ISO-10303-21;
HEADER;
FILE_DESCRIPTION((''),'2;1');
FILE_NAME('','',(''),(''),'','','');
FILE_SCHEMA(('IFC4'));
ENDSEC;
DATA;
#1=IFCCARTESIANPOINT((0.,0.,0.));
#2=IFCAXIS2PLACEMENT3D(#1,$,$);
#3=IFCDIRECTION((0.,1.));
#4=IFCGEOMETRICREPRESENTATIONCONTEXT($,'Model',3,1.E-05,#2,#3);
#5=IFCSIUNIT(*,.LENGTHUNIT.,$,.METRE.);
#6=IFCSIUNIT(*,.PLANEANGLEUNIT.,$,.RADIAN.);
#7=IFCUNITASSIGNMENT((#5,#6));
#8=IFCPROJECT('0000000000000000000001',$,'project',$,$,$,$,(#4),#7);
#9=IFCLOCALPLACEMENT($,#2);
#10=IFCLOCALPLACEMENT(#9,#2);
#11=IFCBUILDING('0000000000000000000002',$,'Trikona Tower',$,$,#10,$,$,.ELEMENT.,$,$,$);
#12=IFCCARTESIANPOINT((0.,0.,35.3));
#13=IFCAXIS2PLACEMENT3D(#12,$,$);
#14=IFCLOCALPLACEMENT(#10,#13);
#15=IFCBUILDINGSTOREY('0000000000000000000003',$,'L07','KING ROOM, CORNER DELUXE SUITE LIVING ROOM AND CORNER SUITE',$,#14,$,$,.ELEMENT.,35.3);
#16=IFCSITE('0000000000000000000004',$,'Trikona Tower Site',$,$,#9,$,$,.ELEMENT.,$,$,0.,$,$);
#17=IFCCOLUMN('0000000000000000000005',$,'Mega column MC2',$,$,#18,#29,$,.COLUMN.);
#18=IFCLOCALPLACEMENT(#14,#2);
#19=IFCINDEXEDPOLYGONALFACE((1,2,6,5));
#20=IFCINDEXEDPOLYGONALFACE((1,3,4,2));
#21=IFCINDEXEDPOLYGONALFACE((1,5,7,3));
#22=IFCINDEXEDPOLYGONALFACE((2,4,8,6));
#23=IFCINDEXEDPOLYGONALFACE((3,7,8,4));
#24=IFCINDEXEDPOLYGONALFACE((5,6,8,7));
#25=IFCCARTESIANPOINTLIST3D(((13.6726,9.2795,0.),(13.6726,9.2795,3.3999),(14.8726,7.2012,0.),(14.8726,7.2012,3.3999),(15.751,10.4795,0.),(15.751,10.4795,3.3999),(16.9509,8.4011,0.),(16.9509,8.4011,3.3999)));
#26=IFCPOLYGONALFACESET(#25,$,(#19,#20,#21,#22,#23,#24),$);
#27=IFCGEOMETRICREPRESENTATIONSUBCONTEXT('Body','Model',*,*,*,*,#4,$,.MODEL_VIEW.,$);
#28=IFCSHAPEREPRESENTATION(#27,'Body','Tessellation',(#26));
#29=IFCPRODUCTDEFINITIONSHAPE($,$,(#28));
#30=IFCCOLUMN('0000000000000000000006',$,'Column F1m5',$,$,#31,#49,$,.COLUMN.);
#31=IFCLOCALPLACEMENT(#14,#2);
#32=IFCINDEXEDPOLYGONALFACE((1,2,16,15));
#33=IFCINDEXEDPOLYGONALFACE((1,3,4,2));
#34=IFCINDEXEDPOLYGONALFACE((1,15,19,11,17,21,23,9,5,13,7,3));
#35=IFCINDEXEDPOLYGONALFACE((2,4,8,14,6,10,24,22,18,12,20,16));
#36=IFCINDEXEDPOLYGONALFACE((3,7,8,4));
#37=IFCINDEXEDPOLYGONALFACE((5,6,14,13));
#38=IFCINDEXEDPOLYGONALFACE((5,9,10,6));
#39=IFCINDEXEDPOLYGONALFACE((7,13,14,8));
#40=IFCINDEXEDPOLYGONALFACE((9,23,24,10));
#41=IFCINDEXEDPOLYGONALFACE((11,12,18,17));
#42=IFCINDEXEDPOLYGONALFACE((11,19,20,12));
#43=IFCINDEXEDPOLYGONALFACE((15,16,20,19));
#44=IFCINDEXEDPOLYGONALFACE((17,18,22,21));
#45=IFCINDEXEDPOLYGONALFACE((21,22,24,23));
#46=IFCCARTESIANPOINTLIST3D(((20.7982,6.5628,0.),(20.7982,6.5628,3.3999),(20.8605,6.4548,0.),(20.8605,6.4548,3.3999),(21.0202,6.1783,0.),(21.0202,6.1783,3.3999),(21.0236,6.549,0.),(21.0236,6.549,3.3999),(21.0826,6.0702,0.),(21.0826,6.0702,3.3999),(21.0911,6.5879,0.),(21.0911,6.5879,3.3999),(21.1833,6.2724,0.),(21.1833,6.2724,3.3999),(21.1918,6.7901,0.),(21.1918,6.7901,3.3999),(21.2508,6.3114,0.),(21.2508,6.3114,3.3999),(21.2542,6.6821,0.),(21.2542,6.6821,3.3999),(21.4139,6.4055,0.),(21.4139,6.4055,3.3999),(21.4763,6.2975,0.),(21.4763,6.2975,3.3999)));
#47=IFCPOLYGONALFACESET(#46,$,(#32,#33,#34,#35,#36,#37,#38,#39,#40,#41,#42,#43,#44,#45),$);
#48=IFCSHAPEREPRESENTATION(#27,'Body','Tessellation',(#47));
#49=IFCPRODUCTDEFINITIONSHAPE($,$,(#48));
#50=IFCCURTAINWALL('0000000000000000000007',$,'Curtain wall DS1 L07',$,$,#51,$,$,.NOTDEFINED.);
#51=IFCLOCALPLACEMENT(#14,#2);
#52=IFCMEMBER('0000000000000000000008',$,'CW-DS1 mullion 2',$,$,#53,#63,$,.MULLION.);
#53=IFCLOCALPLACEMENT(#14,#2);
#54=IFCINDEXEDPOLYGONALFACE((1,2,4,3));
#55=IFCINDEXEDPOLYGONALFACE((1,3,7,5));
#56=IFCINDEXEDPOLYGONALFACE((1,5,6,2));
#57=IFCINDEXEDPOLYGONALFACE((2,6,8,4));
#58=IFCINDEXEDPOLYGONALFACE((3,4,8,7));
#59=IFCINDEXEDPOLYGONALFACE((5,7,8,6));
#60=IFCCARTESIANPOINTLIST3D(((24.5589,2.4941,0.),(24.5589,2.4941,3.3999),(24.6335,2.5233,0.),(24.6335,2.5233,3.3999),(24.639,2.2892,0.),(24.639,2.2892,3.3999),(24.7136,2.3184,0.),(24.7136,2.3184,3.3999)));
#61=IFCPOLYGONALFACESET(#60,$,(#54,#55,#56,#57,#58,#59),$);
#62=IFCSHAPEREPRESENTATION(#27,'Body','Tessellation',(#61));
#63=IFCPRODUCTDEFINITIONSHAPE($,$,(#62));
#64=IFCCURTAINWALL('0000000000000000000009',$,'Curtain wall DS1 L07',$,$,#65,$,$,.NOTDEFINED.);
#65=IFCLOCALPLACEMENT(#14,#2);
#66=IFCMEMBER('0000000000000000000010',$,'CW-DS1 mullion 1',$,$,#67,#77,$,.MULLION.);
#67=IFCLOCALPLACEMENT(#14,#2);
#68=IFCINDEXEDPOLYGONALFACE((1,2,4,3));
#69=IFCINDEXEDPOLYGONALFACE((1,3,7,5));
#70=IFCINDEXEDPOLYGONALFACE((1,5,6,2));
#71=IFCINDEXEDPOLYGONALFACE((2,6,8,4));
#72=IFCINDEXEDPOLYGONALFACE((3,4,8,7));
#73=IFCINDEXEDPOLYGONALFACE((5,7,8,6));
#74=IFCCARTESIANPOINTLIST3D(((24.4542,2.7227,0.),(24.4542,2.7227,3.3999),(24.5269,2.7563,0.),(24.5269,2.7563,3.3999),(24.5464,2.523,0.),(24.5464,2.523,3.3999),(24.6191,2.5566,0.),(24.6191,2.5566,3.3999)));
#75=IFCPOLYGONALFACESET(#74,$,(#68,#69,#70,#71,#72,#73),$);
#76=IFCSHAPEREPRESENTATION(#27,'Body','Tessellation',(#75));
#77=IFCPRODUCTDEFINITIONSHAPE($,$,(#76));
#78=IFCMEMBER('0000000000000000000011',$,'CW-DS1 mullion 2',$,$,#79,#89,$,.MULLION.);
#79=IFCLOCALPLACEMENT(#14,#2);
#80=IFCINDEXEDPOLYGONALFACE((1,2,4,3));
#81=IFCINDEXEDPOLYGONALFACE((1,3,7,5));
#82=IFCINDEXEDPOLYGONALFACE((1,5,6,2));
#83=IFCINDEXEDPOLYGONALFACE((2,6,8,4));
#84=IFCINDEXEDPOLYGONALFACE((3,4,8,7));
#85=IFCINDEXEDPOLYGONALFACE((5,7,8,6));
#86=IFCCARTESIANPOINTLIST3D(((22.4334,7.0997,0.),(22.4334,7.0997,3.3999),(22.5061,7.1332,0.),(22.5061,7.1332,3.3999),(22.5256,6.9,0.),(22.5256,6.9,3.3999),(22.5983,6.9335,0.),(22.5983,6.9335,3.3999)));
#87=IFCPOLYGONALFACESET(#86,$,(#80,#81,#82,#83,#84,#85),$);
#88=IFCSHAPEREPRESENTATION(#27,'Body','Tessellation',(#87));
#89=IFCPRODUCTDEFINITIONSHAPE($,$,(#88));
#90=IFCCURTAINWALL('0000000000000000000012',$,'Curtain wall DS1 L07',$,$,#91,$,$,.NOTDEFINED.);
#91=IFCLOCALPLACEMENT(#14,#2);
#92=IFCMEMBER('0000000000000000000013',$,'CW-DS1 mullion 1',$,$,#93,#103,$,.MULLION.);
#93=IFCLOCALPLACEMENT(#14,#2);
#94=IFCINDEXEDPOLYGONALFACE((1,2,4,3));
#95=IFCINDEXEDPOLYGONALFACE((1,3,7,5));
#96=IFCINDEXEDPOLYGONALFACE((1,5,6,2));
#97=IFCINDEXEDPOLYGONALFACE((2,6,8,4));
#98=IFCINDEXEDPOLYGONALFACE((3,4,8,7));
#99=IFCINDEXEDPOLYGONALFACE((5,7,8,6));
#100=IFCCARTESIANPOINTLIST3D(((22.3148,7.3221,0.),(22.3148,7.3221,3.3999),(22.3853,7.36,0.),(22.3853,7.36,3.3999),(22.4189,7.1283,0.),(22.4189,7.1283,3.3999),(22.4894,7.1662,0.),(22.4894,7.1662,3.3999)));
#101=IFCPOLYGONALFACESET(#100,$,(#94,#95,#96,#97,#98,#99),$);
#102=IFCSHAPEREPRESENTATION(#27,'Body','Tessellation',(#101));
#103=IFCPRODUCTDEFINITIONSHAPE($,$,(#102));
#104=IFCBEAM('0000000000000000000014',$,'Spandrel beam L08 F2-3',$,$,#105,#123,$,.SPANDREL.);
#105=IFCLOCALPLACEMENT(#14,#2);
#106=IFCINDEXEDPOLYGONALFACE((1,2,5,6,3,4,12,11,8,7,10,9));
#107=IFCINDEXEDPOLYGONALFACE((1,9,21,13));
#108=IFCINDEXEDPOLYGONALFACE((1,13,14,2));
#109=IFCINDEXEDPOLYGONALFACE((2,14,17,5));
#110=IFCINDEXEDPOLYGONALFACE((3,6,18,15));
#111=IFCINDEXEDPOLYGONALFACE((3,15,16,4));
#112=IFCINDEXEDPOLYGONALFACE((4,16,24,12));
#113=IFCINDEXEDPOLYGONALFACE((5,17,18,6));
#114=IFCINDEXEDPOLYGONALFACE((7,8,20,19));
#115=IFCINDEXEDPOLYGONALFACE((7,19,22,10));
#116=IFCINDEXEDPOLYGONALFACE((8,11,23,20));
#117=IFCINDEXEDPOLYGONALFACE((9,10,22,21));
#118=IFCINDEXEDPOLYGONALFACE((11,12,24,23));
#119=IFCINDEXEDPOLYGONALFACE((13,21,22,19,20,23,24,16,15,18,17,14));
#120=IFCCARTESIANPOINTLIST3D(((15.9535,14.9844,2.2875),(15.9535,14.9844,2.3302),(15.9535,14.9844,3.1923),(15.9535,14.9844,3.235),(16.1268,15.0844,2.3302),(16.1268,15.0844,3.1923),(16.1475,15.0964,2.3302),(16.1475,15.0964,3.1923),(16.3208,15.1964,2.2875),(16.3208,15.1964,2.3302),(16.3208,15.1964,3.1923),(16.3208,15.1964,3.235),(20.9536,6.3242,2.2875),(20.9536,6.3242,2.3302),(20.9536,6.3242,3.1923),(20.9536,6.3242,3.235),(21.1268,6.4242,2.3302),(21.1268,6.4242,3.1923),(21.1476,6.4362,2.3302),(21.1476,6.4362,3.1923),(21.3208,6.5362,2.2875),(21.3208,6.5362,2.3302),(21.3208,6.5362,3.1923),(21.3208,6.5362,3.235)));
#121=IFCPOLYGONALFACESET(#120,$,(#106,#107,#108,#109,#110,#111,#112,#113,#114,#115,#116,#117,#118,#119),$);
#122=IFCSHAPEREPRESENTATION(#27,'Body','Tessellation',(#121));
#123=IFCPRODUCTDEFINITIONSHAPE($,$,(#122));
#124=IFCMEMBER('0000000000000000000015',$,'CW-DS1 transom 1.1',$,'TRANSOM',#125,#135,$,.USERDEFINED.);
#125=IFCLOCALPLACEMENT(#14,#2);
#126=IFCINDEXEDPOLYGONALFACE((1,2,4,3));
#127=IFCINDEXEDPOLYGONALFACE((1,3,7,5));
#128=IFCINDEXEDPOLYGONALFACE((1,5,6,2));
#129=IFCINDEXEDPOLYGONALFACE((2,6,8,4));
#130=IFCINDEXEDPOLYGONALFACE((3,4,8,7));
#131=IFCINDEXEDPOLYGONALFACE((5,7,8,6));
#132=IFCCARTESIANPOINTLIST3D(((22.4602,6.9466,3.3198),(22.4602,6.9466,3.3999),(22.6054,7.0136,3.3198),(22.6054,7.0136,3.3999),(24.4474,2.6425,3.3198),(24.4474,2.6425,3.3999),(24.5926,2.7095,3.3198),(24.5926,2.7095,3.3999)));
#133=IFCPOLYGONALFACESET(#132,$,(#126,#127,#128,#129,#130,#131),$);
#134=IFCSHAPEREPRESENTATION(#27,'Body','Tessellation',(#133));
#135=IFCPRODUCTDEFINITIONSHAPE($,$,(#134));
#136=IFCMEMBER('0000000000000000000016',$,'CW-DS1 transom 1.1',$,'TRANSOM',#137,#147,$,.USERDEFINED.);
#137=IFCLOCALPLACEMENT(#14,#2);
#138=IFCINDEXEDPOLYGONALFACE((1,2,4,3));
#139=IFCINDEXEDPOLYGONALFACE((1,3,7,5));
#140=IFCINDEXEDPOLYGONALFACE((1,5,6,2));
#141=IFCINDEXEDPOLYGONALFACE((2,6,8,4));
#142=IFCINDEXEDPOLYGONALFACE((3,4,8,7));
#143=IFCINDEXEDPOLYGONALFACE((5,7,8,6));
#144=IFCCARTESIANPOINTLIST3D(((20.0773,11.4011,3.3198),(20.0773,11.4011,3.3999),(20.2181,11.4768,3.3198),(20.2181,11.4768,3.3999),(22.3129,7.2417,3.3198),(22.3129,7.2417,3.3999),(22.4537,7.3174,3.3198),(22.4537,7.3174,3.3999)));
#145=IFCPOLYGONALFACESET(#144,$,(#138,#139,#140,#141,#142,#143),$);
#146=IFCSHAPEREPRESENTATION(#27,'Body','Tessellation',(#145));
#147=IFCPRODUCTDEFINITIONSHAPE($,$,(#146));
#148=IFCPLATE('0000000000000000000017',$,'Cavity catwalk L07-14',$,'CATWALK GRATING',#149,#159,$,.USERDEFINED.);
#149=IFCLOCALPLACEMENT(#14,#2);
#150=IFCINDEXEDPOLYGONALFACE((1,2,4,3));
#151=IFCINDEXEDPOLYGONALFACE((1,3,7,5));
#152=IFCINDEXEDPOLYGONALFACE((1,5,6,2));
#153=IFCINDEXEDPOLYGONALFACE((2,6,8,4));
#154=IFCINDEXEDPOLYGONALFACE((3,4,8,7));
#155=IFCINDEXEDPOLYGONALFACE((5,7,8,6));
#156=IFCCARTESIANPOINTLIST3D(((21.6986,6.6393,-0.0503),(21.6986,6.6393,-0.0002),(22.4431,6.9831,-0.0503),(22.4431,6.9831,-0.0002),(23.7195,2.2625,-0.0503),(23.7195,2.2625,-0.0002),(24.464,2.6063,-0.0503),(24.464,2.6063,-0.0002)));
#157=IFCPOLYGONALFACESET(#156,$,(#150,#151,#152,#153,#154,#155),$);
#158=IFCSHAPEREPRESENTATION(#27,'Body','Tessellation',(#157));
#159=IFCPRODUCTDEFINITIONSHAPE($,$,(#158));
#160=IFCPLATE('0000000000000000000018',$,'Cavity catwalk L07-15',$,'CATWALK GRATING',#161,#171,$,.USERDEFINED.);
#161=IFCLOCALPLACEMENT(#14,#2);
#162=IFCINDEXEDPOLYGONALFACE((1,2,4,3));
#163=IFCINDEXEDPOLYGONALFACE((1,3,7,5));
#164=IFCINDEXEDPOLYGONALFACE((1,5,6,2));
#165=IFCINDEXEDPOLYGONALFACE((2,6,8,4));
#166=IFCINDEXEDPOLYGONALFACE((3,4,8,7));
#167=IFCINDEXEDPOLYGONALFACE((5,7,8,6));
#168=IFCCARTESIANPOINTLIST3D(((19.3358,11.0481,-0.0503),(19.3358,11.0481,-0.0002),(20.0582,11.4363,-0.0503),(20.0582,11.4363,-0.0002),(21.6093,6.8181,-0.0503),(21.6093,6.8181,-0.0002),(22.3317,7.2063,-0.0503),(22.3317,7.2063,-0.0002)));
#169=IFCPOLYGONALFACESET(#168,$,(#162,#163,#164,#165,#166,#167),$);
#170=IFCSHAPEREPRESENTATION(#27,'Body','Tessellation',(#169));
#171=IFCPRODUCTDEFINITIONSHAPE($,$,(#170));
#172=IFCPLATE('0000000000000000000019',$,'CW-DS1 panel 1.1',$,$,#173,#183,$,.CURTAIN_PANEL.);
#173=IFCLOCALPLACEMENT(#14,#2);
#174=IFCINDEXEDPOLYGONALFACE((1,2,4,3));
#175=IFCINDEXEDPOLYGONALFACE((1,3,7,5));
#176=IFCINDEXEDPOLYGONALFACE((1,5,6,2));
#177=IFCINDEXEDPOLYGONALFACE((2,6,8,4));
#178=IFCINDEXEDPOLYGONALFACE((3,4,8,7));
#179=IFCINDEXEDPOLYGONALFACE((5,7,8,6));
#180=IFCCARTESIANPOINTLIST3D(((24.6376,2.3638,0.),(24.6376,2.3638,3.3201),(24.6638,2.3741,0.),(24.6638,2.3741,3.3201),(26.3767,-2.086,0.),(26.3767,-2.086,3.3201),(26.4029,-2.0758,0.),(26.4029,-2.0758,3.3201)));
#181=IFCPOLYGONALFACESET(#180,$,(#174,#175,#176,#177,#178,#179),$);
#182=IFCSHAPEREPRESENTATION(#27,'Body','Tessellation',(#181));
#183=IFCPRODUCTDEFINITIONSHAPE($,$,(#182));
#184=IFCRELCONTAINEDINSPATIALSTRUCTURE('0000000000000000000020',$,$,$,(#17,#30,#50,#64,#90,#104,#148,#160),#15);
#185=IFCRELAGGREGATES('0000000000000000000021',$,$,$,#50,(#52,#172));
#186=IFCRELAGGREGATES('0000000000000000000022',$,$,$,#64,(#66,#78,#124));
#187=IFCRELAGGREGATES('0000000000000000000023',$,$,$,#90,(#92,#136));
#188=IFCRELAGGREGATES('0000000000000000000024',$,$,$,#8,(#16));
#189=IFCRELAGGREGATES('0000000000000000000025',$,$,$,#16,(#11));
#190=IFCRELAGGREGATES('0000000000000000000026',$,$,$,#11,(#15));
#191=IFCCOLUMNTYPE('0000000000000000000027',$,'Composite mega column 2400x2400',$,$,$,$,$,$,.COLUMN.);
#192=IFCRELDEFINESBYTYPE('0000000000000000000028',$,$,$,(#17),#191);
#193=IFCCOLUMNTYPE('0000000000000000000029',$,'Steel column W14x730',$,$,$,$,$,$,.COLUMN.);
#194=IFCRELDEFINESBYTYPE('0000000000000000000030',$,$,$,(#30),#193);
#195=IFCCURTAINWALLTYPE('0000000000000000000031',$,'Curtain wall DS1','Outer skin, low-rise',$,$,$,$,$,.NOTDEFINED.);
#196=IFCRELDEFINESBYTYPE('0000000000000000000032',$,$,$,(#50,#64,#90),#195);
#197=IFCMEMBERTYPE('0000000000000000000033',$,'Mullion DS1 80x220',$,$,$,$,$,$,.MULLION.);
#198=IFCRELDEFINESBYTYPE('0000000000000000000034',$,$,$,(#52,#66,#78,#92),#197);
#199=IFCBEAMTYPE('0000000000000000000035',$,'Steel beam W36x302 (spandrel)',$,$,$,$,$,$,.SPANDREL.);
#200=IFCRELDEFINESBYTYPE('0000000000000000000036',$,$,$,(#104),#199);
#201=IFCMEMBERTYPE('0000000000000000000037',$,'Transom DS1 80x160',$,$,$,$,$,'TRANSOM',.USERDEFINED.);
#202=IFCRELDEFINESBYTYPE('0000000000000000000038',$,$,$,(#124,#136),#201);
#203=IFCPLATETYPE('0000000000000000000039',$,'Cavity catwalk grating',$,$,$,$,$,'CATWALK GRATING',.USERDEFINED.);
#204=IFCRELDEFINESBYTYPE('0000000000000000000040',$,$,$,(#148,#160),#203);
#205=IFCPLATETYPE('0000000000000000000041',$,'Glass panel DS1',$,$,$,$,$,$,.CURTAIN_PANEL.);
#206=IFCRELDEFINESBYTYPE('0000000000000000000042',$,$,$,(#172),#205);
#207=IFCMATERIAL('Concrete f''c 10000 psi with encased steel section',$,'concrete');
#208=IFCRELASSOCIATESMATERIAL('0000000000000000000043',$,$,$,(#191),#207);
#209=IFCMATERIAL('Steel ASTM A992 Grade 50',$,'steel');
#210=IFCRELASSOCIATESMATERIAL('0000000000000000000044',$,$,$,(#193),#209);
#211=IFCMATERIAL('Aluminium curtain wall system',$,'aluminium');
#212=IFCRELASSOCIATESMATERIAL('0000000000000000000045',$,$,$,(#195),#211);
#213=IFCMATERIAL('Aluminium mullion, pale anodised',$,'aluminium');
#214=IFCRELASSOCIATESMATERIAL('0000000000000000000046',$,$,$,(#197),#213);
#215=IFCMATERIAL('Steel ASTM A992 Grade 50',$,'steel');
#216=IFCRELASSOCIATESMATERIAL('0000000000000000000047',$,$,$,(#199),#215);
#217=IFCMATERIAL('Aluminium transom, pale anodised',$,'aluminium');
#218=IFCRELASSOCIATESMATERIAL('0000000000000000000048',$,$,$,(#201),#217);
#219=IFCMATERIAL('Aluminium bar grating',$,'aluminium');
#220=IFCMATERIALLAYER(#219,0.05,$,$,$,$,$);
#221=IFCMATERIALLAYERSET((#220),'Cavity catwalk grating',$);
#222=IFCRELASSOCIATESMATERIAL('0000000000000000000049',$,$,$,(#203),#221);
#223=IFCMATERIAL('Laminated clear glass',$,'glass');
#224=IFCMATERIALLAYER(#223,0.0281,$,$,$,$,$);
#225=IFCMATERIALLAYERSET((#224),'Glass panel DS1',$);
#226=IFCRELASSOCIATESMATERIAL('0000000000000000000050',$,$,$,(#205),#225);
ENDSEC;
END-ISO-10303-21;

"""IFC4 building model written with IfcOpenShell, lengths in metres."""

from ifc_helpers import new_model, si_unit, direction, frame, origin, origin_2d, place, context, subcontext, project, spatial, rectangle, i_section, extrude, material, layer, layer_set, material_profile, profile_set, type_object, element, aggregate, save


model = new_model("IFC4")

# Units and contexts
model_context = context("Model", 3, precision=1e-05, world=origin(), true_north=direction((0.0, 1.0)))
body_context = subcontext(model_context, "Body", "Model", "MODEL_VIEW")
ifc_project = project(units=[si_unit("LENGTHUNIT", "METRE"), si_unit("PLANEANGLEUNIT", "RADIAN")], contexts=[model_context])

# Site, building, storey
site_placement = place(None, origin())
site = spatial("IfcSite", under=ifc_project, at=site_placement, Name="Trikona Tower Site", CompositionType="ELEMENT", RefElevation=0.0)
building_placement = place(site_placement, origin())
building = spatial("IfcBuilding", under=site, at=building_placement, Name="Trikona Tower", CompositionType="ELEMENT")
storey_placement = place(building_placement, frame((0.0, 0.0, 35.3)))
storey = spatial("IfcBuildingStorey", under=building, at=storey_placement, Name="L07", Description="KING ROOM, CORNER DELUXE SUITE LIVING ROOM AND CORNER SUITE", CompositionType="ELEMENT", Elevation=35.3)

# Columns
ifc_material_1 = material(Name="Concrete f'c 10000 psi with encased steel section", Category="concrete")
ifc_material_profile_1 = material_profile(ifc_material_1, rectangle(XDim=2.3999, YDim=2.3999, at=origin_2d()), Name="MC2400")
ifc_profile_set_1 = profile_set([ifc_material_profile_1], Name="Concrete f'c 10000 psi with encased steel section")
column_type_1 = type_object("IfcColumnType", Name="Composite mega column 2400x2400", PredefinedType="COLUMN", material=ifc_profile_set_1)
column_1_placement = place(storey_placement, frame((15.3118, 8.8403, 0.0), z_axis=(0.0, 0.0, 1.0), x_axis=(0.866025, 0.5, 0.0)))
element("IfcColumn", 1, at=column_1_placement, inside=storey, type_object=column_type_1, Name="Mega column MC2", PredefinedType="COLUMN", context=body_context, shape_type="SweptSolid", body=[
    extrude(rectangle(XDim=2.3999, YDim=2.3999, at=origin_2d()), origin(), (0.0, 0.0, 1.0), 3.3999),
])
ifc_material_2 = material(Name="Steel ASTM A992 Grade 50", Category="steel")
ifc_material_profile_2 = material_profile(ifc_material_2, i_section(OverallWidth=0.4546, OverallDepth=0.5688, WebThickness=0.0779, FlangeThickness=0.1248, at=origin_2d()), Name="W14X730")
ifc_profile_set_2 = profile_set([ifc_material_profile_2], Name="Steel ASTM A992 Grade 50")
column_type_2 = type_object("IfcColumnType", Name="Steel column W14x730", PredefinedType="COLUMN", material=ifc_profile_set_2)
column_2_placement = place(storey_placement, frame((21.1372, 6.4302, 0.0), z_axis=(0.0, 0.0, 1.0), x_axis=(0.866025, 0.5, 0.0)))
element("IfcColumn", 2, at=column_2_placement, inside=storey, type_object=column_type_2, Name="Column F1m5", PredefinedType="COLUMN", context=body_context, shape_type="SweptSolid", body=[
    extrude(i_section(OverallWidth=0.4546, OverallDepth=0.5688, WebThickness=0.0779, FlangeThickness=0.1248, at=origin_2d()), origin(), (0.0, 0.0, 1.0), 3.3999),
])

# Curtain wall, member
ifc_material_3 = material(Name="Aluminium curtain wall system", Category="aluminium")
curtain_wall_type = type_object("IfcCurtainWallType", Name="Curtain wall DS1", Description="Outer skin, low-rise", PredefinedType="NOTDEFINED", material=ifc_material_3)
curtain_wall_1_placement = place(storey_placement, origin())
curtain_wall_1 = element("IfcCurtainWall", 3, at=curtain_wall_1_placement, inside=storey, type_object=curtain_wall_type, Name="Curtain wall DS1 L07", PredefinedType="NOTDEFINED")
ifc_material_4 = material(Name="Aluminium mullion, pale anodised", Category="aluminium")
ifc_material_profile_3 = material_profile(ifc_material_4, rectangle(XDim=0.0801, YDim=0.22, at=origin_2d()), Name="MUL-DS1")
ifc_profile_set_3 = profile_set([ifc_material_profile_3], Name="Aluminium mullion, pale anodised")
member_type_1 = type_object("IfcMemberType", Name="Mullion DS1 80x220", PredefinedType="MULLION", material=ifc_profile_set_3)
member_1_placement = place(storey_placement, frame((24.6362, 2.4062, 0.0), z_axis=(0.0, 0.0, 1.0), x_axis=(-0.931396, -0.364008, 0.0)))
member_1 = element("IfcMember", 4, at=member_1_placement, type_object=member_type_1, Name="CW-DS1 mullion 2", PredefinedType="MULLION", context=body_context, shape_type="SweptSolid", body=[
    extrude(rectangle(XDim=0.0801, YDim=0.22, at=origin_2d()), origin(), (0.0, 0.0, 1.0), 3.3999),
])

# Curtain wall, members
curtain_wall_2_placement = place(storey_placement, origin())
curtain_wall_2 = element("IfcCurtainWall", 5, at=curtain_wall_2_placement, inside=storey, type_object=curtain_wall_type, Name="Curtain wall DS1 L07", PredefinedType="NOTDEFINED")
member_2_placement = place(storey_placement, frame((24.5366, 2.6396, 0.0), z_axis=(0.0, 0.0, 1.0), x_axis=(-0.907898, -0.41919, 0.0)))
member_2 = element("IfcMember", 6, at=member_2_placement, type_object=member_type_1, Name="CW-DS1 mullion 1", PredefinedType="MULLION", context=body_context, shape_type="SweptSolid", body=[
    extrude(rectangle(XDim=0.0801, YDim=0.22, at=origin_2d()), origin(), (0.0, 0.0, 1.0), 3.3999),
])
member_3_placement = place(storey_placement, frame((22.5159, 7.0166, 0.0), z_axis=(0.0, 0.0, 1.0), x_axis=(-0.907898, -0.41919, 0.0)))
member_3 = element("IfcMember", 7, at=member_3_placement, type_object=member_type_1, Name="CW-DS1 mullion 2", PredefinedType="MULLION", context=body_context, shape_type="SweptSolid", body=[
    extrude(rectangle(XDim=0.0801, YDim=0.22, at=origin_2d()), origin(), (0.0, 0.0, 1.0), 3.3999),
])

# Curtain wall, member
curtain_wall_3_placement = place(storey_placement, origin())
curtain_wall_3 = element("IfcCurtainWall", 8, at=curtain_wall_3_placement, inside=storey, type_object=curtain_wall_type, Name="Curtain wall DS1 L07", PredefinedType="NOTDEFINED")
member_4_placement = place(storey_placement, frame((22.4021, 7.2441, 0.0), z_axis=(0.0, 0.0, 1.0), x_axis=(-0.880843, -0.473408, 0.0)))
member_4 = element("IfcMember", 9, at=member_4_placement, type_object=member_type_1, Name="CW-DS1 mullion 1", PredefinedType="MULLION", context=body_context, shape_type="SweptSolid", body=[
    extrude(rectangle(XDim=0.0801, YDim=0.22, at=origin_2d()), origin(), (0.0, 0.0, 1.0), 3.3999),
])

# Beam
ifc_material_5 = material(Name="Steel ASTM A992 Grade 50", Category="steel")
ifc_material_profile_4 = material_profile(ifc_material_5, i_section(OverallWidth=0.4241, OverallDepth=0.9475, WebThickness=0.0239, FlangeThickness=0.0427, at=origin_2d()), Name="W36X302")
ifc_profile_set_4 = profile_set([ifc_material_profile_4], Name="Steel ASTM A992 Grade 50")
beam_type = type_object("IfcBeamType", Name="Steel beam W36x302 (spandrel)", PredefinedType="SPANDREL", material=ifc_profile_set_4)
beam_placement = place(storey_placement, frame((21.1372, 6.4302, 2.7612), z_axis=(-0.500004, 0.866023, 0.0), x_axis=(-0.866023, -0.500004, 0.0)))
element("IfcBeam", 10, at=beam_placement, inside=storey, type_object=beam_type, Name="Spandrel beam L08 F2-3", PredefinedType="SPANDREL", context=body_context, shape_type="SweptSolid", body=[
    extrude(i_section(OverallWidth=0.4241, OverallDepth=0.9475, WebThickness=0.0239, FlangeThickness=0.0427, at=origin_2d()), origin(), (0.0, 0.0, 1.0), 10.0),
])

# Members
ifc_material_6 = material(Name="Aluminium transom, pale anodised", Category="aluminium")
ifc_material_profile_5 = material_profile(ifc_material_6, rectangle(XDim=0.1599, YDim=0.0801, at=origin_2d()), Name="TRN-DS1")
ifc_profile_set_5 = profile_set([ifc_material_profile_5], Name="Aluminium transom, pale anodised")
member_type_2 = type_object("IfcMemberType", Name="Transom DS1 80x160", ElementType="TRANSOM", PredefinedType="USERDEFINED", material=ifc_profile_set_5)
member_5_placement = place(storey_placement, frame((24.52, 2.676, 3.3599), z_axis=(-0.419189, 0.907899, 0.0), x_axis=(-0.907899, -0.419189, 0.0)))
member_5 = element("IfcMember", 11, at=member_5_placement, type_object=member_type_2, Name="CW-DS1 transom 1.1", ObjectType="TRANSOM", PredefinedType="USERDEFINED", context=body_context, shape_type="SweptSolid", body=[
    extrude(rectangle(XDim=0.1599, YDim=0.0801, at=origin_2d()), origin(), (0.0, 0.0, 1.0), 4.7407),
])
member_6_placement = place(storey_placement, frame((22.3833, 7.2795, 3.3599), z_axis=(-0.473428, 0.880833, 0.0), x_axis=(-0.880833, -0.473428, 0.0)))
member_6 = element("IfcMember", 12, at=member_6_placement, type_object=member_type_2, Name="CW-DS1 transom 1.1", ObjectType="TRANSOM", PredefinedType="USERDEFINED", context=body_context, shape_type="SweptSolid", body=[
    extrude(rectangle(XDim=0.1599, YDim=0.0801, at=origin_2d()), origin(), (0.0, 0.0, 1.0), 4.7222),
])

# Plates
ifc_material_7 = material(Name="Aluminium bar grating", Category="aluminium")
ifc_layer_1 = layer(ifc_material_7, 0.05)
ifc_layer_set_1 = layer_set([ifc_layer_1], Name="Cavity catwalk grating")
plate_type_1 = type_object("IfcPlateType", Name="Cavity catwalk grating", ElementType="CATWALK GRATING", PredefinedType="USERDEFINED", material=ifc_layer_set_1)
plate_1_placement = place(storey_placement, frame((23.0813, 4.6228, -0.0503), z_axis=(0.0, 0.0, 1.0), x_axis=(-0.419194, 0.907897, 0.0)))
element("IfcPlate", 13, at=plate_1_placement, inside=storey, type_object=plate_type_1, Name="Cavity catwalk L07-14", ObjectType="CATWALK GRATING", PredefinedType="USERDEFINED", context=body_context, shape_type="SweptSolid", body=[
    extrude(rectangle(XDim=4.8208, YDim=0.8201, at=origin_2d()), origin(), (0.0, 0.0, 1.0), 0.05),
])
plate_2_placement = place(storey_placement, frame((20.8337, 9.1272, -0.0503), z_axis=(0.0, 0.0, 1.0), x_axis=(-0.473423, 0.880835, 0.0)))
element("IfcPlate", 14, at=plate_2_placement, inside=storey, type_object=plate_type_1, Name="Cavity catwalk L07-15", ObjectType="CATWALK GRATING", PredefinedType="USERDEFINED", context=body_context, shape_type="SweptSolid", body=[
    extrude(rectangle(XDim=4.8022, YDim=0.8201, at=origin_2d()), origin(), (0.0, 0.0, 1.0), 0.05),
])

# Plate
ifc_material_8 = material(Name="Laminated clear glass", Category="glass")
ifc_layer_2 = layer(ifc_material_8, 0.0281)
ifc_layer_set_2 = layer_set([ifc_layer_2], Name="Glass panel DS1")
plate_type_2 = type_object("IfcPlateType", Name="Glass panel DS1", PredefinedType="CURTAIN_PANEL", material=ifc_layer_set_2)
plate_3_placement = place(storey_placement, frame((25.5203, 0.144, 0.0), z_axis=(0.0, 0.0, 1.0), x_axis=(-0.364008, 0.931396, 0.0)))
plate_3 = element("IfcPlate", 15, at=plate_3_placement, type_object=plate_type_2, Name="CW-DS1 panel 1.1", PredefinedType="CURTAIN_PANEL", context=body_context, shape_type="SweptSolid", body=[
    extrude(rectangle(XDim=4.7776, YDim=0.0281, at=origin_2d()), origin(), (0.0, 0.0, 1.0), 3.3201),
])
aggregate(curtain_wall_1, [member_1, plate_3])
aggregate(curtain_wall_2, [member_2, member_3, member_5])
aggregate(curtain_wall_3, [member_4, member_6])

save(model, "model.ifc")
